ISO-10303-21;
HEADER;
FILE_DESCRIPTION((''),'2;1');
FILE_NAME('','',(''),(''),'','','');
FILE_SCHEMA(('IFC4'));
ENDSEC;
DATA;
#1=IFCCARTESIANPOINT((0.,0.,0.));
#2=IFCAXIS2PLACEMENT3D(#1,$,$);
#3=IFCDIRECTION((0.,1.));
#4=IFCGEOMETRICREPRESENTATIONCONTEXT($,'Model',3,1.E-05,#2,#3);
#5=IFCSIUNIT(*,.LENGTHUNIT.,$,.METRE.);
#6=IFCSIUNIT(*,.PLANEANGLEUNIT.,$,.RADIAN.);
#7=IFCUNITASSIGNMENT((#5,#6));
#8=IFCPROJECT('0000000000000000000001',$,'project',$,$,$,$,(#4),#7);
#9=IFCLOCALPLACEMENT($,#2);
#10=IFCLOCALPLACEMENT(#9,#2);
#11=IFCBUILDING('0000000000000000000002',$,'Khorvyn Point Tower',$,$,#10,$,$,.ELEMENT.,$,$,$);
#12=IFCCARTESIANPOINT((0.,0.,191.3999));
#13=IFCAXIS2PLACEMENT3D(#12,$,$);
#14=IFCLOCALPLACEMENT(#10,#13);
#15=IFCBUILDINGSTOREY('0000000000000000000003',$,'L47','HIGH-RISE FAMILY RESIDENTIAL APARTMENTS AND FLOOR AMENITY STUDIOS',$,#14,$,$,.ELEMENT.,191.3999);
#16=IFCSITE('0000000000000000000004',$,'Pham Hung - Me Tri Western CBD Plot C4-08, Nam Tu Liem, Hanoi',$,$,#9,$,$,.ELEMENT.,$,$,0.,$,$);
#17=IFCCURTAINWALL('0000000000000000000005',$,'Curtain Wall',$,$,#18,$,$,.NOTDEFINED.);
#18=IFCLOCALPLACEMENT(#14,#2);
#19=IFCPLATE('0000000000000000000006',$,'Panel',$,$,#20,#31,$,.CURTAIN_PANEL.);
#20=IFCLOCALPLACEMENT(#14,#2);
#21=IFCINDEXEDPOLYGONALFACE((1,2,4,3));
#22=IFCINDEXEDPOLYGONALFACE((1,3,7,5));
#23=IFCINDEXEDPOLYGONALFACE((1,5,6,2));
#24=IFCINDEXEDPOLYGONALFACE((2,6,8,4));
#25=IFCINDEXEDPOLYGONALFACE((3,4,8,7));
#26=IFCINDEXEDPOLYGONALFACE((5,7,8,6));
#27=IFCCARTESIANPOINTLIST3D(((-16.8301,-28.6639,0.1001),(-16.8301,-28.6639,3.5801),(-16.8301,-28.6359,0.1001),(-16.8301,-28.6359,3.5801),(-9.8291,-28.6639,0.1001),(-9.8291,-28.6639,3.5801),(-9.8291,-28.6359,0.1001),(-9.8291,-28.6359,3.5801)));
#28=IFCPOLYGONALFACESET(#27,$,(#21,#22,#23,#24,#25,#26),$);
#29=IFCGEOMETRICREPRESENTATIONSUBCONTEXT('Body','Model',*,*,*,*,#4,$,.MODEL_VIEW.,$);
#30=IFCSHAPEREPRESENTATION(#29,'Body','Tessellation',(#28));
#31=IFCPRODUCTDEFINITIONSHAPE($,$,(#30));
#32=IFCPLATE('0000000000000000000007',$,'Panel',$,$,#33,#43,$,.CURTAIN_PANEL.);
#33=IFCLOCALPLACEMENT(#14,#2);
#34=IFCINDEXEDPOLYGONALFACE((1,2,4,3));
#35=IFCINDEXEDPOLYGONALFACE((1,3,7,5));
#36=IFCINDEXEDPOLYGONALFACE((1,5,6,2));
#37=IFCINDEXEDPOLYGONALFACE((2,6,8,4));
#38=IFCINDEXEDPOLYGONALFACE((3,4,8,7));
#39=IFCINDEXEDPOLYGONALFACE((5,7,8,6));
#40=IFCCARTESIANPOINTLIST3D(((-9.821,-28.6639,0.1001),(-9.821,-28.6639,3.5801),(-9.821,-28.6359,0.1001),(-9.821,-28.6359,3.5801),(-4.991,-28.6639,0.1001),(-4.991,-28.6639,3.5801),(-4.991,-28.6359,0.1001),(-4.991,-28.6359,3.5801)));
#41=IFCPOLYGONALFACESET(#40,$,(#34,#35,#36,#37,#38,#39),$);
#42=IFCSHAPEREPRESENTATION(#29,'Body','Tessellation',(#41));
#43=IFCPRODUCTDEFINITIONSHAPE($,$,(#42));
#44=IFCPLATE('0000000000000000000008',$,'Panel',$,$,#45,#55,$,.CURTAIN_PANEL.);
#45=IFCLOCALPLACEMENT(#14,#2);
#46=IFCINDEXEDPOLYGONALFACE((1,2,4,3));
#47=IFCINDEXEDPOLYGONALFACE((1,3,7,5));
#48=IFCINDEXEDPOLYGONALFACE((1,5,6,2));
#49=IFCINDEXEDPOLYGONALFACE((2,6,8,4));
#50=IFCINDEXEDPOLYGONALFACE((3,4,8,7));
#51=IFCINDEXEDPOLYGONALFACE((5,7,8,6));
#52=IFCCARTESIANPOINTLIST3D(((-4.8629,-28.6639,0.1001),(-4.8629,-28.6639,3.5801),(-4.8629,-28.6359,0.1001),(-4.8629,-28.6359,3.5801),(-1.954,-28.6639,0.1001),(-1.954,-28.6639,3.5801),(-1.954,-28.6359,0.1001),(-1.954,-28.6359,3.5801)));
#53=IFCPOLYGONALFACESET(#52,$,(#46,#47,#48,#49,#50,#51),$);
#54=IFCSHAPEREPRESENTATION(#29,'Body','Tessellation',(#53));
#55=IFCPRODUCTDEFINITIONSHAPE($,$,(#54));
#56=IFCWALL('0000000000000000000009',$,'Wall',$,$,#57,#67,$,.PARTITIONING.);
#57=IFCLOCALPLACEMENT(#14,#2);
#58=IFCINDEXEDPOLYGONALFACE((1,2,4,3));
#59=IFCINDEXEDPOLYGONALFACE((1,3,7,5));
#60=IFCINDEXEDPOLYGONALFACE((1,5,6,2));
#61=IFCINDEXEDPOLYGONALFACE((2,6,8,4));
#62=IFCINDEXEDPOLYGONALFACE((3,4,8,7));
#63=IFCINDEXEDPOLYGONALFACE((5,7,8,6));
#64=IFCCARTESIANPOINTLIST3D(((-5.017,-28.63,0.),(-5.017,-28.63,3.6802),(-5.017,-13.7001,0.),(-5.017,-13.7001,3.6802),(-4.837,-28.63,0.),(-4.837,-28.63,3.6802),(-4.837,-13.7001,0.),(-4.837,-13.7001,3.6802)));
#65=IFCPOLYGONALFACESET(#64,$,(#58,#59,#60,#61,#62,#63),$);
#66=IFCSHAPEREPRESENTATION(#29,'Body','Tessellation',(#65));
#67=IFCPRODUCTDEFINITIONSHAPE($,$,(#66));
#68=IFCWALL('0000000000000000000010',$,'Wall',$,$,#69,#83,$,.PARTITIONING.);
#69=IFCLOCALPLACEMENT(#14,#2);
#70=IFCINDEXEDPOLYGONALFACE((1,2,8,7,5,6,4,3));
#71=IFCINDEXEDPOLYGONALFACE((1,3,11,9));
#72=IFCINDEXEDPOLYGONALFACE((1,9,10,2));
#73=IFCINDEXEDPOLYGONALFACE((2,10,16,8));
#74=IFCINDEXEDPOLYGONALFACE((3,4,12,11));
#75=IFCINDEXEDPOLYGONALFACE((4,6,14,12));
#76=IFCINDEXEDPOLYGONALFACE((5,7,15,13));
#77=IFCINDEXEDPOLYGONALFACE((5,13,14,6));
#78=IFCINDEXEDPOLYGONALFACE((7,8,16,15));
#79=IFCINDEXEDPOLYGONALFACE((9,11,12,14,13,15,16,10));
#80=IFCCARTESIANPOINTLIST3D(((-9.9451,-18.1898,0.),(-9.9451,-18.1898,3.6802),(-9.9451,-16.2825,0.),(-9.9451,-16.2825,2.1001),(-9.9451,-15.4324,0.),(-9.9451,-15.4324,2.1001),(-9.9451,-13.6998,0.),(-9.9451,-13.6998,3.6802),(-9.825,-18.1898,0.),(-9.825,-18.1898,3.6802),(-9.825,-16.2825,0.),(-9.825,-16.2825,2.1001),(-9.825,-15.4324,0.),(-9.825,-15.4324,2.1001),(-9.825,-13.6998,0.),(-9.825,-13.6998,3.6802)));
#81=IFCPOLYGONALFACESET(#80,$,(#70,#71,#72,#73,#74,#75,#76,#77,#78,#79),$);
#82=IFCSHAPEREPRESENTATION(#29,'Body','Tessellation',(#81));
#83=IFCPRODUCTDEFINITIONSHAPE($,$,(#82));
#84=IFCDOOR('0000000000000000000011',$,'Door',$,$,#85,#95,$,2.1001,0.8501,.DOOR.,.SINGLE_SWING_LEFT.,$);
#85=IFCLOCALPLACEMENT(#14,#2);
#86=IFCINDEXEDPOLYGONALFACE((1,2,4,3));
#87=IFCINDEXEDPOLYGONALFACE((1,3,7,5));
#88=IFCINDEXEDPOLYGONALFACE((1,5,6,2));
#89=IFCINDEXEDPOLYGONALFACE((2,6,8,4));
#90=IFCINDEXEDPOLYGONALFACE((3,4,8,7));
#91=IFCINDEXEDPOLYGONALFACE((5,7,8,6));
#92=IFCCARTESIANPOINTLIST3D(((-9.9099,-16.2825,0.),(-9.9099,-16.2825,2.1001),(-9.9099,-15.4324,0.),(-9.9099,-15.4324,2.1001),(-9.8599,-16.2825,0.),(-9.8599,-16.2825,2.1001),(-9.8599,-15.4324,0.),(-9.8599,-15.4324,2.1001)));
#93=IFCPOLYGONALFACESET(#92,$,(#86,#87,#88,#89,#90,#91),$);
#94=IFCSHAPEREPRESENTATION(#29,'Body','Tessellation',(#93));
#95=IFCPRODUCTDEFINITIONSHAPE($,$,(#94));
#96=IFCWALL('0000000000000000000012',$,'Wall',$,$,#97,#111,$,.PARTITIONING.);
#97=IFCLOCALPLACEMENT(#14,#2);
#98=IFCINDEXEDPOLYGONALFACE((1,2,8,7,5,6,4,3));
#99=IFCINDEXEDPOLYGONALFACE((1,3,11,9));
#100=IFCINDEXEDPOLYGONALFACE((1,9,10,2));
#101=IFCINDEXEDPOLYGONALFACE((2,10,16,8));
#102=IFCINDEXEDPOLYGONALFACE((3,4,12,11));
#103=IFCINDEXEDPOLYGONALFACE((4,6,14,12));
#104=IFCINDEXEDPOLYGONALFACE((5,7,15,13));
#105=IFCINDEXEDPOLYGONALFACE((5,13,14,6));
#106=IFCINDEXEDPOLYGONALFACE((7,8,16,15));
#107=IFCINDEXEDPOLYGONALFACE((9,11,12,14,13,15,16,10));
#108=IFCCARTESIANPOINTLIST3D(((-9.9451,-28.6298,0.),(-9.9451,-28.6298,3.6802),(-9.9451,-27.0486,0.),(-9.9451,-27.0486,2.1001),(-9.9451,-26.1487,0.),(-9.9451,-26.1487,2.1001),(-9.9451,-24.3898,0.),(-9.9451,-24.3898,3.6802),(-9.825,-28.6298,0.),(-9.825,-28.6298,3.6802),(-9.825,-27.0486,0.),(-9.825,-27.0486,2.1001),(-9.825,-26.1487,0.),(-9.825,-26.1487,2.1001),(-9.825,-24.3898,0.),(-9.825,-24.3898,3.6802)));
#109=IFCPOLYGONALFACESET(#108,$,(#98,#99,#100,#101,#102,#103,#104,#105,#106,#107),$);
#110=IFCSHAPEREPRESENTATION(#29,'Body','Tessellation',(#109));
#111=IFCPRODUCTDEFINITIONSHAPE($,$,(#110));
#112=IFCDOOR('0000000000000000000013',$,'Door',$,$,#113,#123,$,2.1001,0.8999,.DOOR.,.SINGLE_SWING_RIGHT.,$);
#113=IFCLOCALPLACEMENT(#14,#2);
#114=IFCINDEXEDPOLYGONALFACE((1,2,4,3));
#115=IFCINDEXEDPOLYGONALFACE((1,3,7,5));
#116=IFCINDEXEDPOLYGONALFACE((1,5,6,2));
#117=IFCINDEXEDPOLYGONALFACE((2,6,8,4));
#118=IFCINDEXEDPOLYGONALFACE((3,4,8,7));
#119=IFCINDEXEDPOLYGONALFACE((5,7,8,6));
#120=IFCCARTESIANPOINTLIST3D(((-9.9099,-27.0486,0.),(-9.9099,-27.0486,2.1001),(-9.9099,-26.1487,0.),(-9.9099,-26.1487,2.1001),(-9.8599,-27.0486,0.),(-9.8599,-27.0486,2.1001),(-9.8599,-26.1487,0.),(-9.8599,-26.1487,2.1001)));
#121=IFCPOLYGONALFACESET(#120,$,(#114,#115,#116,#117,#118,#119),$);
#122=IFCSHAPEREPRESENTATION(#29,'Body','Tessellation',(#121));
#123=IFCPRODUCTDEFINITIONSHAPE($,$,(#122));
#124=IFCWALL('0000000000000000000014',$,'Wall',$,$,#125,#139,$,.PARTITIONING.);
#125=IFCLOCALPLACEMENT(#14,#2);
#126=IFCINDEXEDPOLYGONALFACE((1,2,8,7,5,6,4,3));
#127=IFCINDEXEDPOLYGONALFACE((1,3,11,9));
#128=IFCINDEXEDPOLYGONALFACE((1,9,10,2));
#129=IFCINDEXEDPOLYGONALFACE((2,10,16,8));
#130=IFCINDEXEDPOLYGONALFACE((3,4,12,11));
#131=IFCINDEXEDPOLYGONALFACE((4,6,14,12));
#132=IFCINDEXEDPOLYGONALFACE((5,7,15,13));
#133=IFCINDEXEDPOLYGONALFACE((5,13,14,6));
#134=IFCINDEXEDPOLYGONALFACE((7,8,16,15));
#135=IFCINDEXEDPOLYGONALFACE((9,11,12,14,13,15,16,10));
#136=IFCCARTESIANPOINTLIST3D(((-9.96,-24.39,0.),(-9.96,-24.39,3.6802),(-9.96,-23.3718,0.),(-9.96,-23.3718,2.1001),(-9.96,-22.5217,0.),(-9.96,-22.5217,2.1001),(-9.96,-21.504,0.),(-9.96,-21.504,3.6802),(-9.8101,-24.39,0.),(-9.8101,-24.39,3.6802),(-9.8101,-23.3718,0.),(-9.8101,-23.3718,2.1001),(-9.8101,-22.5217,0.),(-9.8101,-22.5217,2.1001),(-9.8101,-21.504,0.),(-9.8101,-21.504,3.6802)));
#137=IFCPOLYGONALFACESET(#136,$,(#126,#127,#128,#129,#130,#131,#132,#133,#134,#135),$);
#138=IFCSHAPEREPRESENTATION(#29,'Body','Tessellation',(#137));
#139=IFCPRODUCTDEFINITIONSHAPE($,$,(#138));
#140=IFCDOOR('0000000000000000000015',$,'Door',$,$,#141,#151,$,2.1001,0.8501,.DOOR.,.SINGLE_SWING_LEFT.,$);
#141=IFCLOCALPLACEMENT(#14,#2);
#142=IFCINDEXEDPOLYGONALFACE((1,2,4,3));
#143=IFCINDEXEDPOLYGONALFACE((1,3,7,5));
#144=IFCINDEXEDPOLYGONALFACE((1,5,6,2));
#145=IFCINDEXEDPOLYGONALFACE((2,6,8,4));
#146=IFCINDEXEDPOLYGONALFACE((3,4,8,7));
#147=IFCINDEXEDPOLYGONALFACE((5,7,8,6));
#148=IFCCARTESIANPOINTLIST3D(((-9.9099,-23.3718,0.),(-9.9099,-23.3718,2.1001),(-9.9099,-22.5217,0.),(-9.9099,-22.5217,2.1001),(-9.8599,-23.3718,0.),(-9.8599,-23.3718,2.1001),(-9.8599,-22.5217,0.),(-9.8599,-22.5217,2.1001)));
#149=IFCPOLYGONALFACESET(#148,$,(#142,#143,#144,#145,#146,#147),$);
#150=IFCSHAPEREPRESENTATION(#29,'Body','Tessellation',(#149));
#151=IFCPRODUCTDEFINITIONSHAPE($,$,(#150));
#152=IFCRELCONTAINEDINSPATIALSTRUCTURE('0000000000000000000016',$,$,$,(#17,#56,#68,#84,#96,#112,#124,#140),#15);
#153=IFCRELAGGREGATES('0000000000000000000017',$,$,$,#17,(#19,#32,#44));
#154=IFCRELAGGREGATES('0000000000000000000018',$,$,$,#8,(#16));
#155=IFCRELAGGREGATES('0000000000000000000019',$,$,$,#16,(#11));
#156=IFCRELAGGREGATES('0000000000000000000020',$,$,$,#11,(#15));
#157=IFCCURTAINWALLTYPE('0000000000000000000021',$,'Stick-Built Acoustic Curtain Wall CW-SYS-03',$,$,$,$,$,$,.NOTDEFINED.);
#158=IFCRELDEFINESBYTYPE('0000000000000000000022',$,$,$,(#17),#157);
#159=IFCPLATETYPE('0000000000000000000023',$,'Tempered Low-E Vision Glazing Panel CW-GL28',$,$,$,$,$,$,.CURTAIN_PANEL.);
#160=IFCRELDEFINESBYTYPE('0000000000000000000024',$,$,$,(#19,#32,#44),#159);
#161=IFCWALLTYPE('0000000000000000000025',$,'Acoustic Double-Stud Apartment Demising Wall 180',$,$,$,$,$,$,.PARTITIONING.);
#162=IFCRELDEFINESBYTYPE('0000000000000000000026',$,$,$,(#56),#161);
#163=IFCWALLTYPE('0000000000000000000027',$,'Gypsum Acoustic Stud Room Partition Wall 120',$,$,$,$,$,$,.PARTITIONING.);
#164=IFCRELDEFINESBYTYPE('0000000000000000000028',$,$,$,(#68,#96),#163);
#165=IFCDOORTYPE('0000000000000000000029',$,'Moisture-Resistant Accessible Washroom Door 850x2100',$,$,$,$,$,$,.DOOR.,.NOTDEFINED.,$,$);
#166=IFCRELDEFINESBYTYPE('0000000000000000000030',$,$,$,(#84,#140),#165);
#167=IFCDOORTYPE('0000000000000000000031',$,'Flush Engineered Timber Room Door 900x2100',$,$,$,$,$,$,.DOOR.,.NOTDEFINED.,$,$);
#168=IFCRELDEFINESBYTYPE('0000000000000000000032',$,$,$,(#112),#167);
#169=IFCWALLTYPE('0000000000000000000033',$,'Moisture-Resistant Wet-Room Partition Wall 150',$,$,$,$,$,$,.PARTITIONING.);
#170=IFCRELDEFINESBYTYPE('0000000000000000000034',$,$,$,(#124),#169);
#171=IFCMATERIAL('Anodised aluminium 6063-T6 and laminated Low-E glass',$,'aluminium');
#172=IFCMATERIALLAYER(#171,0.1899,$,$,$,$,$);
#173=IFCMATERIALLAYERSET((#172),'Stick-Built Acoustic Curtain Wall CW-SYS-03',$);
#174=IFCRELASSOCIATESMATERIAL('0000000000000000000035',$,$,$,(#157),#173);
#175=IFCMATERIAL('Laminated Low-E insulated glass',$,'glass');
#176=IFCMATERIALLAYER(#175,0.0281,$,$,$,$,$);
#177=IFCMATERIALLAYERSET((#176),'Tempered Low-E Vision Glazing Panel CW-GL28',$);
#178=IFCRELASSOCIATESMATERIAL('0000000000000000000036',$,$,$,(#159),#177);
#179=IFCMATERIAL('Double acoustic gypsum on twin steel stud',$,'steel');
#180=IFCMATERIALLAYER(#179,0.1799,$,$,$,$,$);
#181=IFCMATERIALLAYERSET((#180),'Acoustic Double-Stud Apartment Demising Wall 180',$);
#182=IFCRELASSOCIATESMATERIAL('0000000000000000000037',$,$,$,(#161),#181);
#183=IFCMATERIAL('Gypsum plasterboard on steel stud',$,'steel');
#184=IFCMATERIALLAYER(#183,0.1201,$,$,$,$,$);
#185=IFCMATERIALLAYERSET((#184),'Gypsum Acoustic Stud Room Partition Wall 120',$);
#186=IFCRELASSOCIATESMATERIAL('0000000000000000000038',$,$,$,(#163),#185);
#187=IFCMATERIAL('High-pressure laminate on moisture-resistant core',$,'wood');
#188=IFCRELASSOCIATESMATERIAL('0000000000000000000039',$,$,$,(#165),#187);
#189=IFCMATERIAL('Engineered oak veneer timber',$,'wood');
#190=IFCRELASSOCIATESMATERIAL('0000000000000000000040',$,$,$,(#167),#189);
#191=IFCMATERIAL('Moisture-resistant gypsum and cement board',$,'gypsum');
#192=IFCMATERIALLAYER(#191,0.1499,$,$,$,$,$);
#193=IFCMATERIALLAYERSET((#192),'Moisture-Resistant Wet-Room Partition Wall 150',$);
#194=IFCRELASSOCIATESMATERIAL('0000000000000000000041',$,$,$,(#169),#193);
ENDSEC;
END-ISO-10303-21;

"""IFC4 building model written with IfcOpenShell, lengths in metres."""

from ifc_helpers import new_model, si_unit, direction, frame, frame_2d, origin, origin_2d, place, context, subcontext, project, spatial, rectangle, extrude, material, layer, layer_set, type_object, element, fill, aggregate, save


model = new_model("IFC4")

# Units and contexts
model_context = context("Model", 3, precision=1e-05, world=origin(), true_north=direction((0.0, 1.0)))
body_context = subcontext(model_context, "Body", "Model", "MODEL_VIEW")
ifc_project = project(units=[si_unit("LENGTHUNIT", "METRE"), si_unit("PLANEANGLEUNIT", "RADIAN")], contexts=[model_context])

# Site, building, storey
site_placement = place(None, origin())
site = spatial("IfcSite", under=ifc_project, at=site_placement, Name="Pham Hung - Me Tri Western CBD Plot C4-08, Nam Tu Liem, Hanoi", CompositionType="ELEMENT", RefElevation=0.0)
building_placement = place(site_placement, origin())
building = spatial("IfcBuilding", under=site, at=building_placement, Name="Khorvyn Point Tower", CompositionType="ELEMENT")
storey_placement = place(building_placement, frame((0.0, 0.0, 191.3999)))
storey = spatial("IfcBuildingStorey", under=building, at=storey_placement, Name="L47", Description="HIGH-RISE FAMILY RESIDENTIAL APARTMENTS AND FLOOR AMENITY STUDIOS", CompositionType="ELEMENT", Elevation=191.3999)

# Curtain wall
ifc_material_1 = material(Name="Anodised aluminium 6063-T6 and laminated Low-E glass", Category="aluminium")
ifc_layer_1 = layer(ifc_material_1, 0.1899)
ifc_layer_set_1 = layer_set([ifc_layer_1], Name="Stick-Built Acoustic Curtain Wall CW-SYS-03")
curtain_wall_type = type_object("IfcCurtainWallType", Name="Stick-Built Acoustic Curtain Wall CW-SYS-03", PredefinedType="NOTDEFINED", material=ifc_layer_set_1)
curtain_wall_placement = place(storey_placement, origin())
curtain_wall = element("IfcCurtainWall", 1, at=curtain_wall_placement, inside=storey, type_object=curtain_wall_type, Name="Curtain Wall", PredefinedType="NOTDEFINED")

# Plates
ifc_material_2 = material(Name="Laminated Low-E insulated glass", Category="glass")
ifc_layer_2 = layer(ifc_material_2, 0.0281)
ifc_layer_set_2 = layer_set([ifc_layer_2], Name="Tempered Low-E Vision Glazing Panel CW-GL28")
plate_type = type_object("IfcPlateType", Name="Tempered Low-E Vision Glazing Panel CW-GL28", PredefinedType="CURTAIN_PANEL", material=ifc_layer_set_2)
plate_1_placement = place(storey_placement, frame((-13.3296, -28.6499, 0.1001), z_axis=(0.0, 0.0, 1.0), x_axis=(-1.0, 0.0, 0.0)))
plate_1 = element("IfcPlate", 2, at=plate_1_placement, type_object=plate_type, Name="Panel", PredefinedType="CURTAIN_PANEL", context=body_context, shape_type="SweptSolid", body=[
    extrude(rectangle(XDim=7.001, YDim=0.0281, at=origin_2d()), origin(), (0.0, 0.0, 1.0), 3.48),
])
plate_2_placement = place(storey_placement, frame((-7.406, -28.6499, 0.1001), z_axis=(0.0, 0.0, 1.0), x_axis=(-1.0, 0.0, 0.0)))
plate_2 = element("IfcPlate", 3, at=plate_2_placement, type_object=plate_type, Name="Panel", PredefinedType="CURTAIN_PANEL", context=body_context, shape_type="SweptSolid", body=[
    extrude(rectangle(XDim=4.8301, YDim=0.0281, at=origin_2d()), origin(), (0.0, 0.0, 1.0), 3.48),
])
plate_3_placement = place(storey_placement, frame((-3.4084, -28.6499, 0.1001), z_axis=(0.0, 0.0, 1.0), x_axis=(-1.0, 0.0, 0.0)))
plate_3 = element("IfcPlate", 4, at=plate_3_placement, type_object=plate_type, Name="Panel", PredefinedType="CURTAIN_PANEL", context=body_context, shape_type="SweptSolid", body=[
    extrude(rectangle(XDim=2.9089, YDim=0.0281, at=origin_2d()), origin(), (0.0, 0.0, 1.0), 3.48),
])
aggregate(curtain_wall, [plate_1, plate_2, plate_3])

# Wall
ifc_material_3 = material(Name="Double acoustic gypsum on twin steel stud", Category="steel")
ifc_layer_3 = layer(ifc_material_3, 0.1799)
ifc_layer_set_3 = layer_set([ifc_layer_3], Name="Acoustic Double-Stud Apartment Demising Wall 180")
wall_type_1 = type_object("IfcWallType", Name="Acoustic Double-Stud Apartment Demising Wall 180", PredefinedType="PARTITIONING", material=ifc_layer_set_3)
wall_1_placement = place(storey_placement, frame((-4.927, -28.6299, 0.0), z_axis=(0.0, 0.0, 1.0), x_axis=(0.0, 1.0, 0.0)))
element("IfcWall", 5, at=wall_1_placement, inside=storey, type_object=wall_type_1, Name="Wall", PredefinedType="PARTITIONING", context=body_context, shape_type="SweptSolid", body=[
    extrude(rectangle(XDim=14.9299, YDim=0.1799, at=frame_2d((7.4648, 0.0))), origin(), (0.0, 0.0, 1.0), 3.6802),
])

# Walls, openings, doors
ifc_material_4 = material(Name="Gypsum plasterboard on steel stud", Category="steel")
ifc_layer_4 = layer(ifc_material_4, 0.1201)
ifc_layer_set_4 = layer_set([ifc_layer_4], Name="Gypsum Acoustic Stud Room Partition Wall 120")
wall_type_2 = type_object("IfcWallType", Name="Gypsum Acoustic Stud Room Partition Wall 120", PredefinedType="PARTITIONING", material=ifc_layer_set_4)
wall_2_placement = place(storey_placement, frame((-9.885, -18.1899, 0.0), z_axis=(0.0, 0.0, 1.0), x_axis=(0.0, 1.0, 0.0)))
wall_2 = element("IfcWall", 6, at=wall_2_placement, inside=storey, type_object=wall_type_2, Name="Wall", PredefinedType="PARTITIONING", context=body_context, shape_type="SweptSolid", body=[
    extrude(rectangle(XDim=4.49, YDim=0.1201, at=frame_2d((2.2451, 0.0))), origin(), (0.0, 0.0, 1.0), 3.6802),
])
opening_1_placement = place(wall_2_placement, frame((1.9075, 0.0, 0.0)))
opening_1 = element("IfcOpeningElement", 7, at=opening_1_placement, cuts=wall_2, PredefinedType="OPENING", context=body_context, shape_type="SweptSolid", body=[
    extrude(rectangle(XDim=0.8501, YDim=2.1001, at=frame_2d((0.425, 1.05))), frame((0.0, 0.0701, 0.0), z_axis=(0.0, -1.0, 0.0), x_axis=(1.0, 0.0, 0.0)), (0.0, 0.0, 1.0), 0.1401),
])
ifc_material_5 = material(Name="High-pressure laminate on moisture-resistant core", Category="wood")
door_type_1 = type_object("IfcDoorType", Name="Moisture-Resistant Accessible Washroom Door 850x2100", OperationType="NOTDEFINED", PredefinedType="DOOR", material=ifc_material_5)
door_1_placement = place(opening_1_placement, origin())
door_1 = element("IfcDoor", 8, at=door_1_placement, inside=storey, type_object=door_type_1, Name="Door", OperationType="SINGLE_SWING_LEFT", OverallHeight=2.1001, OverallWidth=0.8501, PredefinedType="DOOR", context=body_context, shape_type="SweptSolid", body=[
    extrude(rectangle(XDim=0.8501, YDim=2.1001, at=frame_2d((0.425, 1.05))), frame((0.0, 0.0249, 0.0), z_axis=(0.0, -1.0, 0.0), x_axis=(1.0, 0.0, 0.0)), (0.0, 0.0, 1.0), 0.05),
])
fill(opening_1, door_1)
wall_3_placement = place(storey_placement, frame((-9.885, -28.6299, 0.0), z_axis=(0.0, 0.0, 1.0), x_axis=(0.0, 1.0, 0.0)))
wall_3 = element("IfcWall", 9, at=wall_3_placement, inside=storey, type_object=wall_type_2, Name="Wall", PredefinedType="PARTITIONING", context=body_context, shape_type="SweptSolid", body=[
    extrude(rectangle(XDim=4.24, YDim=0.1201, at=frame_2d((2.1201, 0.0))), origin(), (0.0, 0.0, 1.0), 3.6802),
])
opening_2_placement = place(wall_3_placement, frame((1.5813, 0.0, 0.0)))
opening_2 = element("IfcOpeningElement", 10, at=opening_2_placement, cuts=wall_3, PredefinedType="OPENING", context=body_context, shape_type="SweptSolid", body=[
    extrude(rectangle(XDim=0.8999, YDim=2.1001, at=frame_2d((0.45, 1.05))), frame((0.0, 0.0701, 0.0), z_axis=(0.0, -1.0, 0.0), x_axis=(1.0, 0.0, 0.0)), (0.0, 0.0, 1.0), 0.1401),
])
ifc_material_6 = material(Name="Engineered oak veneer timber", Category="wood")
door_type_2 = type_object("IfcDoorType", Name="Flush Engineered Timber Room Door 900x2100", OperationType="NOTDEFINED", PredefinedType="DOOR", material=ifc_material_6)
door_2_placement = place(opening_2_placement, origin())
door_2 = element("IfcDoor", 11, at=door_2_placement, inside=storey, type_object=door_type_2, Name="Door", OperationType="SINGLE_SWING_RIGHT", OverallHeight=2.1001, OverallWidth=0.8999, PredefinedType="DOOR", context=body_context, shape_type="SweptSolid", body=[
    extrude(rectangle(XDim=0.8999, YDim=2.1001, at=frame_2d((0.45, 1.05))), frame((0.0, 0.0249, 0.0), z_axis=(0.0, -1.0, 0.0), x_axis=(1.0, 0.0, 0.0)), (0.0, 0.0, 1.0), 0.05),
])
fill(opening_2, door_2)
ifc_material_7 = material(Name="Moisture-resistant gypsum and cement board", Category="gypsum")
ifc_layer_5 = layer(ifc_material_7, 0.1499)
ifc_layer_set_5 = layer_set([ifc_layer_5], Name="Moisture-Resistant Wet-Room Partition Wall 150")
wall_type_3 = type_object("IfcWallType", Name="Moisture-Resistant Wet-Room Partition Wall 150", PredefinedType="PARTITIONING", material=ifc_layer_set_5)
wall_4_placement = place(storey_placement, frame((-9.885, -24.3899, 0.0), z_axis=(0.0, 0.0, 1.0), x_axis=(0.0, 1.0, 0.0)))
wall_4 = element("IfcWall", 12, at=wall_4_placement, inside=storey, type_object=wall_type_3, Name="Wall", PredefinedType="PARTITIONING", context=body_context, shape_type="SweptSolid", body=[
    extrude(rectangle(XDim=2.886, YDim=0.1499, at=frame_2d((1.4429, 0.0))), origin(), (0.0, 0.0, 1.0), 3.6802),
])
opening_3_placement = place(wall_4_placement, frame((1.0181, 0.0, 0.0)))
opening_3 = element("IfcOpeningElement", 13, at=opening_3_placement, cuts=wall_4, PredefinedType="OPENING", context=body_context, shape_type="SweptSolid", body=[
    extrude(rectangle(XDim=0.8501, YDim=2.1001, at=frame_2d((0.425, 1.05))), frame((0.0, 0.085, 0.0), z_axis=(0.0, -1.0, 0.0), x_axis=(1.0, 0.0, 0.0)), (0.0, 0.0, 1.0), 0.1699),
])
door_3_placement = place(opening_3_placement, origin())
door_3 = element("IfcDoor", 14, at=door_3_placement, inside=storey, type_object=door_type_1, Name="Door", OperationType="SINGLE_SWING_LEFT", OverallHeight=2.1001, OverallWidth=0.8501, PredefinedType="DOOR", context=body_context, shape_type="SweptSolid", body=[
    extrude(rectangle(XDim=0.8501, YDim=2.1001, at=frame_2d((0.425, 1.05))), frame((0.0, 0.0249, 0.0), z_axis=(0.0, -1.0, 0.0), x_axis=(1.0, 0.0, 0.0)), (0.0, 0.0, 1.0), 0.05),
])
fill(opening_3, door_3)

save(model, "model.ifc")
